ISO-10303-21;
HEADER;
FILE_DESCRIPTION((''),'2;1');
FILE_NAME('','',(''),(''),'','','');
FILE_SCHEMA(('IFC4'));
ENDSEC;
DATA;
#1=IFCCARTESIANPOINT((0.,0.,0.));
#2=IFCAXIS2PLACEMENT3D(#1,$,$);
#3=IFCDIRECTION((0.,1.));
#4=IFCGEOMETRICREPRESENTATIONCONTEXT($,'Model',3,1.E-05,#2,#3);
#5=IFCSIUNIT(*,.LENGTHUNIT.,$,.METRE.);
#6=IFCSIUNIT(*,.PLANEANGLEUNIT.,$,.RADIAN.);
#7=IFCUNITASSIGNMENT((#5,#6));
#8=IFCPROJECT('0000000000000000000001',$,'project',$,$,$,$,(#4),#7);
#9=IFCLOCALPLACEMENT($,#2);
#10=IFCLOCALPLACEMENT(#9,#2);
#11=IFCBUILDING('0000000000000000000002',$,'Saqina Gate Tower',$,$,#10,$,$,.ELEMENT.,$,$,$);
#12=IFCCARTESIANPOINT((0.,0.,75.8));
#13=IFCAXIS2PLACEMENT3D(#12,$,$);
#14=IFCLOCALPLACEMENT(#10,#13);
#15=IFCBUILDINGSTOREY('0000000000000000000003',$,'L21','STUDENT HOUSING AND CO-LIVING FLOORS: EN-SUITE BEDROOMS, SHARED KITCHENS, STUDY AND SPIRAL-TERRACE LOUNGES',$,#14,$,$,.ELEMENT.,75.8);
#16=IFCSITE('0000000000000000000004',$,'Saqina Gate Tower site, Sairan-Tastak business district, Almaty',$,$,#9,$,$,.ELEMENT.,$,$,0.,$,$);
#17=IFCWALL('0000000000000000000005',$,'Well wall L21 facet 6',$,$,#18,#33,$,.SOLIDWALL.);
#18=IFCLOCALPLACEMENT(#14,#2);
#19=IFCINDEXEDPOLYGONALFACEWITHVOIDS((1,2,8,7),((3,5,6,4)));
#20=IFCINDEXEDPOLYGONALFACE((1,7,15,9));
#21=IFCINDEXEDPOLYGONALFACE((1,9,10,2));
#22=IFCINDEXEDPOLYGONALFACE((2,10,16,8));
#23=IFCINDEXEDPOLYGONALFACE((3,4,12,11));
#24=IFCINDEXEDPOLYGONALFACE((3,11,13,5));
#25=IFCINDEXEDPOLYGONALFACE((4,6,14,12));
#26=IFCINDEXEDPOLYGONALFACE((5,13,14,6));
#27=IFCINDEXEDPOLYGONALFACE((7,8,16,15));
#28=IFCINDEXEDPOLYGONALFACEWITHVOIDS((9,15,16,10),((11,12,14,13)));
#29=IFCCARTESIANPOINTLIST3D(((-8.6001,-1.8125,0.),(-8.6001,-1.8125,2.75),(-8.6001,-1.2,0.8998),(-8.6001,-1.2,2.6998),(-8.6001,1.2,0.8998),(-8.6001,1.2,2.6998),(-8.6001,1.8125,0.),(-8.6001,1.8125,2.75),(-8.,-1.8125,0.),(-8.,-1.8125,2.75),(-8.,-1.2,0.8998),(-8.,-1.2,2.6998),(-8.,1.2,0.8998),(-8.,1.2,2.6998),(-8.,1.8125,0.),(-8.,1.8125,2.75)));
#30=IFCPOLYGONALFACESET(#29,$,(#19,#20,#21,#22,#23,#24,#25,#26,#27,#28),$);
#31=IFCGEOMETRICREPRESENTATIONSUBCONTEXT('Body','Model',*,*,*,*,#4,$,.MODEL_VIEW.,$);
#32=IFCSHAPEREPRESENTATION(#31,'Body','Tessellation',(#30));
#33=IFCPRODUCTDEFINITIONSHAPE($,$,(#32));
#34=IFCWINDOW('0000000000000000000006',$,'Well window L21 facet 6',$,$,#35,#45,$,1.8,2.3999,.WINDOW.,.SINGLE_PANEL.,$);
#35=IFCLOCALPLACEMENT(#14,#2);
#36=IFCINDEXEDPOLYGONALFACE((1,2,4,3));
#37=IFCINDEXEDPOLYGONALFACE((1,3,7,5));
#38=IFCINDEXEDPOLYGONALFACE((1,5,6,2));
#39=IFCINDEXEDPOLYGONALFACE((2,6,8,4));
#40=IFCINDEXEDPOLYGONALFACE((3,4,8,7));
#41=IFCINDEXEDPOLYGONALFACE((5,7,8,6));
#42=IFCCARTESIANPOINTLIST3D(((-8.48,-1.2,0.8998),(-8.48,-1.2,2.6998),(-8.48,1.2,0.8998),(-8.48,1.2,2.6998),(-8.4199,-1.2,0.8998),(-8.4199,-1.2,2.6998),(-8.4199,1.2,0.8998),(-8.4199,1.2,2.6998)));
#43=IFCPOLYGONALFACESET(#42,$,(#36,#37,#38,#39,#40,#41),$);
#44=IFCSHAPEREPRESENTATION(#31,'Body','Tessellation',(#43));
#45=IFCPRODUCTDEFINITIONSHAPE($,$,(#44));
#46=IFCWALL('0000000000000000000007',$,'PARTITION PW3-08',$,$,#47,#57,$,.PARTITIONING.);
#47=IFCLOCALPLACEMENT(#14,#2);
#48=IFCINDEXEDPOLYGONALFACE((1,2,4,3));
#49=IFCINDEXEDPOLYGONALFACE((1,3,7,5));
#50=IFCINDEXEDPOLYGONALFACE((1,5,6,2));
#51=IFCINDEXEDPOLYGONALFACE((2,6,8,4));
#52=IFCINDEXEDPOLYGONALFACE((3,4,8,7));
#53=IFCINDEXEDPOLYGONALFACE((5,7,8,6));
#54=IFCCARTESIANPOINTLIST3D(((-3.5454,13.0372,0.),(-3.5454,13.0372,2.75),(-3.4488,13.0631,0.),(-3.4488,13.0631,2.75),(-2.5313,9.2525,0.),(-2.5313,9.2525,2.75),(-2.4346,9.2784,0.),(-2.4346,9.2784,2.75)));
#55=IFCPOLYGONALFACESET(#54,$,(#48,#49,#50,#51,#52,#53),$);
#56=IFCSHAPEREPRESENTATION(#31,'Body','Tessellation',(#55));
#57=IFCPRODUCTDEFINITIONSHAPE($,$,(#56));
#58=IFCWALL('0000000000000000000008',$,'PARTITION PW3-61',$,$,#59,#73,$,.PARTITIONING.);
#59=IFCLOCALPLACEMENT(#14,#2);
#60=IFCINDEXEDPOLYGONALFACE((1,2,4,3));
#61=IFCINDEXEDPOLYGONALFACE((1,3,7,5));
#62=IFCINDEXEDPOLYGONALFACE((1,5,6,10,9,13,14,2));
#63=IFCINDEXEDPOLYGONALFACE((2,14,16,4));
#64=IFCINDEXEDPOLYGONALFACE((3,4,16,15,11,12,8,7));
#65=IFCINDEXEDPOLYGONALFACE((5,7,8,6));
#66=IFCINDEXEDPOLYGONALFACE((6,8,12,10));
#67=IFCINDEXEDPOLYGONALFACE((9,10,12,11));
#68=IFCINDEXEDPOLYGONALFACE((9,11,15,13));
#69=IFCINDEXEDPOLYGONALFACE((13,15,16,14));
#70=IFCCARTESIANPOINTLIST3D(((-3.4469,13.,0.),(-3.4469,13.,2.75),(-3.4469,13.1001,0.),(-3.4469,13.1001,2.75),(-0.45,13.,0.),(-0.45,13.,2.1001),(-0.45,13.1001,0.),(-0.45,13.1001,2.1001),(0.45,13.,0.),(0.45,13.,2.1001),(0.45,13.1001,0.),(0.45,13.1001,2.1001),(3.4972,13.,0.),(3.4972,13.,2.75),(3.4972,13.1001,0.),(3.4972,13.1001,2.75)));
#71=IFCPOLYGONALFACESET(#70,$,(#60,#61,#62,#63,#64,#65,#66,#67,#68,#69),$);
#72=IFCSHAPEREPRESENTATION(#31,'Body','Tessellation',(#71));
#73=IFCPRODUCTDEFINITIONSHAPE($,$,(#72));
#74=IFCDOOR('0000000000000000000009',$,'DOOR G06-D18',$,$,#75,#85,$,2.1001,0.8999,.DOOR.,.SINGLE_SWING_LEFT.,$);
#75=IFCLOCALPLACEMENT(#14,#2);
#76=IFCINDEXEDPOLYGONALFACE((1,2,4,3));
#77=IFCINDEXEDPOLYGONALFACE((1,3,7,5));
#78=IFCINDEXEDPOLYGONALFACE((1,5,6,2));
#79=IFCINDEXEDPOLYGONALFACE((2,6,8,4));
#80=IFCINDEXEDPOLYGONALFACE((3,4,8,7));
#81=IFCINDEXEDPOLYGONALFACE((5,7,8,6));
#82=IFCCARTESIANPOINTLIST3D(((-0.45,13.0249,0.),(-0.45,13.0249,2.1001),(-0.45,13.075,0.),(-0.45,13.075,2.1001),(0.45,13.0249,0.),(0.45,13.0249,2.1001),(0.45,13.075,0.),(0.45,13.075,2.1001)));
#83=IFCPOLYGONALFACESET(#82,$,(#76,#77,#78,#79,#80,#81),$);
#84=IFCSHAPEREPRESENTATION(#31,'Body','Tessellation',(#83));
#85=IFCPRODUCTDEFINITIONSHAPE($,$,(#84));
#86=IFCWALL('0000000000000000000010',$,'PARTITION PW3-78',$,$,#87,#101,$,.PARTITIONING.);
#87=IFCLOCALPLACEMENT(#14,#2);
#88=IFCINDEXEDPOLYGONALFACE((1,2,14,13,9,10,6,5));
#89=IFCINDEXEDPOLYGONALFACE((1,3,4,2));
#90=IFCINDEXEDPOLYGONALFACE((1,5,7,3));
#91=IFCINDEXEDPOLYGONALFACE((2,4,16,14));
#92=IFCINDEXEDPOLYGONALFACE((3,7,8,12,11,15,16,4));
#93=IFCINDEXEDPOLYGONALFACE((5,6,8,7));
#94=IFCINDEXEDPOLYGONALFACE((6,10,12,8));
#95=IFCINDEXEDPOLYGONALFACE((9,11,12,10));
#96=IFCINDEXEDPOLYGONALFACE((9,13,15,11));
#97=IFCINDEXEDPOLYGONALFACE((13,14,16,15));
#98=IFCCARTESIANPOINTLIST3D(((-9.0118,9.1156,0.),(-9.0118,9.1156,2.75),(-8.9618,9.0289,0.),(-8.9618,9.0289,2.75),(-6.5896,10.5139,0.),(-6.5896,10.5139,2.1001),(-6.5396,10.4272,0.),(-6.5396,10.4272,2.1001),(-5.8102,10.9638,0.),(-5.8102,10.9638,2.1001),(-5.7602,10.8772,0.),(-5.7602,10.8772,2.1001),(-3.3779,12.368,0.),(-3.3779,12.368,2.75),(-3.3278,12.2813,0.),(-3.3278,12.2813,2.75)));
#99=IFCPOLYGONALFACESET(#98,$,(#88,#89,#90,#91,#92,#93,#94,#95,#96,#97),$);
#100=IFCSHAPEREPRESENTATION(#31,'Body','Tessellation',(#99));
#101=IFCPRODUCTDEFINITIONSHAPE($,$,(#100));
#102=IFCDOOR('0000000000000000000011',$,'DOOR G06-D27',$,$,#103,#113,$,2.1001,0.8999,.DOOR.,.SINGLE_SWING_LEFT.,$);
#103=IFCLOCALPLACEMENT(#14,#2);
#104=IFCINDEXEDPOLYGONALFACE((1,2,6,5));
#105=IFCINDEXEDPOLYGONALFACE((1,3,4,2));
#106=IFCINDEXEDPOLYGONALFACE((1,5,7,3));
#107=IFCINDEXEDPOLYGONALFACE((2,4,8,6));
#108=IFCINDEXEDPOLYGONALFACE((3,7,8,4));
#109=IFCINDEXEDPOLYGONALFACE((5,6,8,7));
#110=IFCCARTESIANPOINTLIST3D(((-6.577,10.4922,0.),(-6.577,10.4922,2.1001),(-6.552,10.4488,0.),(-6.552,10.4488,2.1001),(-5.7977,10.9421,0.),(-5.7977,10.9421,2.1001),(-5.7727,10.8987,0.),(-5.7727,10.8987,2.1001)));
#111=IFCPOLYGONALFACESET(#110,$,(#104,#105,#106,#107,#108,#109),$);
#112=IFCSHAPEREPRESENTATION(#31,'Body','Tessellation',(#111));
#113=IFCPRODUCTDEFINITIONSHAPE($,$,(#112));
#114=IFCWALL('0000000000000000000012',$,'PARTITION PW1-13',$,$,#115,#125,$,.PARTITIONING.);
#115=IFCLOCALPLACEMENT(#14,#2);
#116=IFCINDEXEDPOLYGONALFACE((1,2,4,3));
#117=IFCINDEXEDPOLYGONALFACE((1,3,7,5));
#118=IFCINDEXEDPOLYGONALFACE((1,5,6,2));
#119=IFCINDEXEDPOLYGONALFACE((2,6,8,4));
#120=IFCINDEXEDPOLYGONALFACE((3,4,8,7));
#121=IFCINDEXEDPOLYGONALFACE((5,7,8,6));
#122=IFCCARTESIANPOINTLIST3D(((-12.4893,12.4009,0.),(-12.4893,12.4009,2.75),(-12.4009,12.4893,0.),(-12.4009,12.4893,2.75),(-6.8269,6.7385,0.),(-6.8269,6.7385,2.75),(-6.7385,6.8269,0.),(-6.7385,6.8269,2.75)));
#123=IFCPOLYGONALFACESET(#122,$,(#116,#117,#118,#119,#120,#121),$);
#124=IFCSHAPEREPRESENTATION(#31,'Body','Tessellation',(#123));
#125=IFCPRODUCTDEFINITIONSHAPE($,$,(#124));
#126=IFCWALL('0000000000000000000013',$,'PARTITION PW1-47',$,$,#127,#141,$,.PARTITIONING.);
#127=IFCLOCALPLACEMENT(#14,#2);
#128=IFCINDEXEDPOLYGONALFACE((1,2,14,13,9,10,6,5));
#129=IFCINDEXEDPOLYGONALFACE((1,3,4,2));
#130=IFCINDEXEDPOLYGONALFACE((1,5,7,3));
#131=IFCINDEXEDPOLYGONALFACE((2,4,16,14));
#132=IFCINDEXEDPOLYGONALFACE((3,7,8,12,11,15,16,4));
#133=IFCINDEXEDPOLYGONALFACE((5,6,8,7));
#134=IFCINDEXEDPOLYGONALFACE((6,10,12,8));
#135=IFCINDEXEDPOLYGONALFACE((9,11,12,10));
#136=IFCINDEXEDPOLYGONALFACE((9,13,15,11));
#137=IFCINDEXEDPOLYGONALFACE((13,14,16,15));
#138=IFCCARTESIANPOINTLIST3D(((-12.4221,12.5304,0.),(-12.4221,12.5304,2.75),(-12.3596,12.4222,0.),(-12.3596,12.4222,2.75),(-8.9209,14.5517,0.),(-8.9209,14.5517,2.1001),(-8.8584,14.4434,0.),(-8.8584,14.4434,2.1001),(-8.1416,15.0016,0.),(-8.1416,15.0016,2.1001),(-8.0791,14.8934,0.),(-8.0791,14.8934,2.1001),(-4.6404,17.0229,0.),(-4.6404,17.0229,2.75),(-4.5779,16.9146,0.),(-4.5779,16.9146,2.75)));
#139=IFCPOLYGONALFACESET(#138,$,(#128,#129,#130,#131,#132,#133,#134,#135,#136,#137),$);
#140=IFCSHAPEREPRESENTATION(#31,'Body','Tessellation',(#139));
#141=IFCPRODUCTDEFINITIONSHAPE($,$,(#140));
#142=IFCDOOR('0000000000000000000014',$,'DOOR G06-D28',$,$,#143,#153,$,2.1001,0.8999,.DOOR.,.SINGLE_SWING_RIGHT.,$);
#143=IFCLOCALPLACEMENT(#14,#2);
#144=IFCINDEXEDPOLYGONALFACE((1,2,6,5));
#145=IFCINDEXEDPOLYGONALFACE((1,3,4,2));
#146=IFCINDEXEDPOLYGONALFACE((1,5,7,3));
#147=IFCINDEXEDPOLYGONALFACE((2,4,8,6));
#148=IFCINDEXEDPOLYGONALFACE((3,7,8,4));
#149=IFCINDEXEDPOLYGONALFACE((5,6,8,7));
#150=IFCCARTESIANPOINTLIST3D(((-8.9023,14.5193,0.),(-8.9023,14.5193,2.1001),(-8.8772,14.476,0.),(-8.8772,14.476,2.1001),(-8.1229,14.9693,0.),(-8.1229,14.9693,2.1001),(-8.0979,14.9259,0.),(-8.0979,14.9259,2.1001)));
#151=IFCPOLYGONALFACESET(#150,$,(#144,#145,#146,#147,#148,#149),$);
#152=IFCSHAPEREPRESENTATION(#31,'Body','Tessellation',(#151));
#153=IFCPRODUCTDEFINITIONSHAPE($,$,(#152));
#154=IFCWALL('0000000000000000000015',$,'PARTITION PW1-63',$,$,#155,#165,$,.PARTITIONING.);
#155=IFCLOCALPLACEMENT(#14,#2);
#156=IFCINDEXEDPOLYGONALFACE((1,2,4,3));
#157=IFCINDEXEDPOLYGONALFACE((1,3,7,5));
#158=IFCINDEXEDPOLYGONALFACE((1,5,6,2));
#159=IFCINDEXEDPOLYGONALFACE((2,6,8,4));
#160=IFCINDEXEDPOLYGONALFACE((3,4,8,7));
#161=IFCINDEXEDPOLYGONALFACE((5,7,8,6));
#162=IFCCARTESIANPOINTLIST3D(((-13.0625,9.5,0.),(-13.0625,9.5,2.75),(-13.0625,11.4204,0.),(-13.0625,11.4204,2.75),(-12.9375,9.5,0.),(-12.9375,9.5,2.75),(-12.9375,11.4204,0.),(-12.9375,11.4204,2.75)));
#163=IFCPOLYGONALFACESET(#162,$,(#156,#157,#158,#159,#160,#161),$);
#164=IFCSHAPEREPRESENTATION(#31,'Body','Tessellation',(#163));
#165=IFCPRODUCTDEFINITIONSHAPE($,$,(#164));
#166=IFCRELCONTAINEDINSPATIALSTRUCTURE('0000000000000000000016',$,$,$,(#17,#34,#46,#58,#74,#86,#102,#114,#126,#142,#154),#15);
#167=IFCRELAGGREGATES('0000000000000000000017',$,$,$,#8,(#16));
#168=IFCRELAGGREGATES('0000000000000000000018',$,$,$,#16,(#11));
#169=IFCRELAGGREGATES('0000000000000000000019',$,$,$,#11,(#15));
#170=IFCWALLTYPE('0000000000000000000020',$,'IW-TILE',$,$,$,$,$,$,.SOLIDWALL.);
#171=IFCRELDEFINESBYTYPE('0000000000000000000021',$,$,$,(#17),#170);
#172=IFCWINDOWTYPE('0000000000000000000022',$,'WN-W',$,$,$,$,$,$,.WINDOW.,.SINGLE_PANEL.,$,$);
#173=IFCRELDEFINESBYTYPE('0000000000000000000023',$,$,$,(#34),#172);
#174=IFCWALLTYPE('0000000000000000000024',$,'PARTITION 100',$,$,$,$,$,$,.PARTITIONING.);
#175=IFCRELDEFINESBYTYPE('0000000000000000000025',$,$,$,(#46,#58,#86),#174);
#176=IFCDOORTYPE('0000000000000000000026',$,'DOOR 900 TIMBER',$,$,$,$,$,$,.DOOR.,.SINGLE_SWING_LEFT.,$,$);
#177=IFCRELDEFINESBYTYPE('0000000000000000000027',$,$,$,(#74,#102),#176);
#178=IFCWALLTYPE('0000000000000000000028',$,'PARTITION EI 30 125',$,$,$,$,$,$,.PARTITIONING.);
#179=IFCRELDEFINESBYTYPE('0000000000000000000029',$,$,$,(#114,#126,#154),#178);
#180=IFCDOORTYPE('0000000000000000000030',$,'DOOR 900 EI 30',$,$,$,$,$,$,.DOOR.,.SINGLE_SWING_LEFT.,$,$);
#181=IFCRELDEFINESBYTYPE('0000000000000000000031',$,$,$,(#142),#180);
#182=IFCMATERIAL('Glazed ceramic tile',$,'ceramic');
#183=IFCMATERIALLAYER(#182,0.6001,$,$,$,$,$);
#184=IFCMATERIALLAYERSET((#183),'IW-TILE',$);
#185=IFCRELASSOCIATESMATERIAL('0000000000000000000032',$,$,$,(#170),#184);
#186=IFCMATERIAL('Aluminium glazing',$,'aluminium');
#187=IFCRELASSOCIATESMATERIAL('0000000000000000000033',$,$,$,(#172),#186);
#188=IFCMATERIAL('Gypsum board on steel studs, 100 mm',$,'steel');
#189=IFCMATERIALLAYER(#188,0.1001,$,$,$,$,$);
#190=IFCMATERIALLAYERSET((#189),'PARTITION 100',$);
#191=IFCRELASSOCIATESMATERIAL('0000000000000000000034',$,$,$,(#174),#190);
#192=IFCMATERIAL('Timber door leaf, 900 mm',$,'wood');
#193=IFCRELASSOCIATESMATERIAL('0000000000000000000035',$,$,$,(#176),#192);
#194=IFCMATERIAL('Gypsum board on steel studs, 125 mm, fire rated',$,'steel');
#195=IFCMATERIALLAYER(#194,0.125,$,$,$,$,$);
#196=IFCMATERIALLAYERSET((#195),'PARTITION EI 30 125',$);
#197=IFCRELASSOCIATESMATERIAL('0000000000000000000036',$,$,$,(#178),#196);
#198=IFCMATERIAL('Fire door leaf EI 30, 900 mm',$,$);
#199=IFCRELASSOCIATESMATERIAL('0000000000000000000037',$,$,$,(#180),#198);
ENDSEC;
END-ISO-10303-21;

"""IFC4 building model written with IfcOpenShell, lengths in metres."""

from ifc_helpers import new_model, si_unit, direction, frame, frame_2d, origin, place, context, subcontext, project, spatial, rectangle, extrude, material, layer, layer_set, type_object, element, fill, save


model = new_model("IFC4")

# Units and contexts
model_context = context("Model", 3, precision=1e-05, world=origin(), true_north=direction((0.0, 1.0)))
body_context = subcontext(model_context, "Body", "Model", "MODEL_VIEW")
ifc_project = project(units=[si_unit("LENGTHUNIT", "METRE"), si_unit("PLANEANGLEUNIT", "RADIAN")], contexts=[model_context])

# Site, building, storey
site_placement = place(None, origin())
site = spatial("IfcSite", under=ifc_project, at=site_placement, Name="Saqina Gate Tower site, Sairan-Tastak business district, Almaty", CompositionType="ELEMENT", RefElevation=0.0)
building_placement = place(site_placement, origin())
building = spatial("IfcBuilding", under=site, at=building_placement, Name="Saqina Gate Tower", CompositionType="ELEMENT")
storey_placement = place(building_placement, frame((0.0, 0.0, 75.8)))
storey = spatial("IfcBuildingStorey", under=building, at=storey_placement, Name="L21", Description="STUDENT HOUSING AND CO-LIVING FLOORS: EN-SUITE BEDROOMS, SHARED KITCHENS, STUDY AND SPIRAL-TERRACE LOUNGES", CompositionType="ELEMENT", Elevation=75.8)

# Wall, opening, window
ifc_material_1 = material(Name="Glazed ceramic tile", Category="ceramic")
ifc_layer_1 = layer(ifc_material_1, 0.6001)
ifc_layer_set_1 = layer_set([ifc_layer_1], Name="IW-TILE")
wall_type_1 = type_object("IfcWallType", Name="IW-TILE", PredefinedType="SOLIDWALL", material=ifc_layer_set_1)
ifc_material_2 = material(Name="Aluminium glazing", Category="aluminium")
window_type = type_object("IfcWindowType", Name="WN-W", PartitioningType="SINGLE_PANEL", PredefinedType="WINDOW", material=ifc_material_2)
wall_1_placement = place(storey_placement, frame((-8.3, 1.8125, 0.0), z_axis=(0.0, 0.0, 1.0), x_axis=(0.0, -1.0, 0.0)))
wall_1 = element("IfcWall", 1, at=wall_1_placement, inside=storey, type_object=wall_type_1, Name="Well wall L21 facet 6", PredefinedType="SOLIDWALL", context=body_context, shape_type="SweptSolid", body=[
    extrude(rectangle(XDim=3.625, YDim=0.6001, at=frame_2d((1.8125, 0.0))), origin(), (0.0, 0.0, 1.0), 2.75),
])
opening_1_placement = place(wall_1_placement, frame((0.6125, 0.0, 0.8999)))
opening_1 = element("IfcOpeningElement", 2, at=opening_1_placement, cuts=wall_1, PredefinedType="OPENING", context=body_context, shape_type="SweptSolid", body=[
    extrude(rectangle(XDim=2.3999, YDim=1.8, at=frame_2d((1.2, 0.8999))), frame((0.0, 0.312, 0.0), z_axis=(0.0, -1.0, 0.0), x_axis=(1.0, 0.0, 0.0)), (0.0, 0.0, 1.0), 0.624),
])
window_1_placement = place(opening_1_placement, origin())
window_1 = element("IfcWindow", 3, at=window_1_placement, inside=storey, type_object=window_type, Name="Well window L21 facet 6", OverallHeight=1.8, OverallWidth=2.3999, PartitioningType="SINGLE_PANEL", PredefinedType="WINDOW", context=body_context, shape_type="SweptSolid", body=[
    extrude(rectangle(XDim=2.3999, YDim=1.8, at=frame_2d((1.2, 0.8999))), frame((0.0, -0.1199, 0.0), z_axis=(0.0, -1.0, 0.0), x_axis=(1.0, 0.0, 0.0)), (0.0, 0.0, 1.0), 0.0601),
])
fill(opening_1, window_1)

# Wall
ifc_material_3 = material(Name="Gypsum board on steel studs, 100 mm", Category="steel")
ifc_layer_2 = layer(ifc_material_3, 0.1001)
ifc_layer_set_2 = layer_set([ifc_layer_2], Name="PARTITION 100")
wall_type_2 = type_object("IfcWallType", Name="PARTITION 100", PredefinedType="PARTITIONING", material=ifc_layer_set_2)
wall_2_placement = place(storey_placement, frame((-3.4971, 13.05, 0.0), z_axis=(0.0, 0.0, 1.0), x_axis=(0.258834, -0.965922, 0.0)))
element("IfcWall", 4, at=wall_2_placement, inside=storey, type_object=wall_type_2, Name="PARTITION PW3-08", PredefinedType="PARTITIONING", context=body_context, shape_type="SweptSolid", body=[
    extrude(rectangle(XDim=3.9182, YDim=0.1001, at=frame_2d((1.959, 0.0))), origin(), (0.0, 0.0, 1.0), 2.75),
])

# Walls, openings, doors
wall_3_placement = place(storey_placement, frame((-3.447, 13.05, 0.0), z_axis=(0.0, 0.0, 1.0), x_axis=(1.0, 0.0, 0.0)))
wall_3 = element("IfcWall", 5, at=wall_3_placement, inside=storey, type_object=wall_type_2, Name="PARTITION PW3-61", PredefinedType="PARTITIONING", context=body_context, shape_type="SweptSolid", body=[
    extrude(rectangle(XDim=6.9441, YDim=0.1001, at=frame_2d((3.4722, 0.0))), origin(), (0.0, 0.0, 1.0), 2.75),
])
opening_2_placement = place(wall_3_placement, frame((2.9971, 0.0, 0.0)))
opening_2 = element("IfcOpeningElement", 6, at=opening_2_placement, cuts=wall_3, PredefinedType="OPENING", context=body_context, shape_type="SweptSolid", body=[
    extrude(rectangle(XDim=0.8999, YDim=2.1001, at=frame_2d((0.45, 1.05))), frame((0.0, 0.062, 0.0), z_axis=(0.0, -1.0, 0.0), x_axis=(1.0, 0.0, 0.0)), (0.0, 0.0, 1.0), 0.124),
])
ifc_material_4 = material(Name="Timber door leaf, 900 mm", Category="wood")
door_type_1 = type_object("IfcDoorType", Name="DOOR 900 TIMBER", OperationType="SINGLE_SWING_LEFT", PredefinedType="DOOR", material=ifc_material_4)
door_1_placement = place(opening_2_placement, origin())
door_1 = element("IfcDoor", 7, at=door_1_placement, inside=storey, type_object=door_type_1, Name="DOOR G06-D18", OperationType="SINGLE_SWING_LEFT", OverallHeight=2.1001, OverallWidth=0.8999, PredefinedType="DOOR", context=body_context, shape_type="SweptSolid", body=[
    extrude(rectangle(XDim=0.8999, YDim=2.1001, at=frame_2d((0.45, 1.05))), frame((0.0, 0.0249, 0.0), z_axis=(0.0, -1.0, 0.0), x_axis=(1.0, 0.0, 0.0)), (0.0, 0.0, 1.0), 0.05),
])
fill(opening_2, door_1)
wall_4_placement = place(storey_placement, frame((-8.9868, 9.0723, 0.0), z_axis=(0.0, 0.0, 1.0), x_axis=(0.86605, 0.499957, 0.0)))
wall_4 = element("IfcWall", 8, at=wall_4_placement, inside=storey, type_object=wall_type_2, Name="PARTITION PW3-78", PredefinedType="PARTITIONING", context=body_context, shape_type="SweptSolid", body=[
    extrude(rectangle(XDim=6.5054, YDim=0.1001, at=frame_2d((3.2527, 0.0))), origin(), (0.0, 0.0, 1.0), 2.75),
])
opening_3_placement = place(wall_4_placement, frame((2.7969, 0.0, 0.0)))
opening_3 = element("IfcOpeningElement", 9, at=opening_3_placement, cuts=wall_4, PredefinedType="OPENING", context=body_context, shape_type="SweptSolid", body=[
    extrude(rectangle(XDim=0.8999, YDim=2.1001, at=frame_2d((0.45, 1.05))), frame((0.0, 0.062, 0.0), z_axis=(0.0, -1.0, 0.0), x_axis=(1.0, 0.0, 0.0)), (0.0, 0.0, 1.0), 0.124),
])
door_2_placement = place(opening_3_placement, origin())
door_2 = element("IfcDoor", 10, at=door_2_placement, inside=storey, type_object=door_type_1, Name="DOOR G06-D27", OperationType="SINGLE_SWING_LEFT", OverallHeight=2.1001, OverallWidth=0.8999, PredefinedType="DOOR", context=body_context, shape_type="SweptSolid", body=[
    extrude(rectangle(XDim=0.8999, YDim=2.1001, at=frame_2d((0.45, 1.05))), frame((0.0, 0.0249, 0.0), z_axis=(0.0, -1.0, 0.0), x_axis=(1.0, 0.0, 0.0)), (0.0, 0.0, 1.0), 0.05),
])
fill(opening_3, door_2)

# Wall
ifc_material_5 = material(Name="Gypsum board on steel studs, 125 mm, fire rated", Category="steel")
ifc_layer_3 = layer(ifc_material_5, 0.125)
ifc_layer_set_3 = layer_set([ifc_layer_3], Name="PARTITION EI 30 125")
wall_type_3 = type_object("IfcWallType", Name="PARTITION EI 30 125", PredefinedType="PARTITIONING", material=ifc_layer_set_3)
wall_5_placement = place(storey_placement, frame((-12.4451, 12.4451, 0.0), z_axis=(0.0, 0.0, 1.0), x_axis=(0.707107, -0.707107, 0.0)))
element("IfcWall", 11, at=wall_5_placement, inside=storey, type_object=wall_type_3, Name="PARTITION PW1-13", PredefinedType="PARTITIONING", context=body_context, shape_type="SweptSolid", body=[
    extrude(rectangle(XDim=8.0078, YDim=0.125, at=frame_2d((4.0039, 0.0))), origin(), (0.0, 0.0, 1.0), 2.75),
])

# Wall, opening, door
wall_6_placement = place(storey_placement, frame((-12.3909, 12.4763, 0.0), z_axis=(0.0, 0.0, 1.0), x_axis=(0.866043, 0.49997, 0.0)))
wall_6 = element("IfcWall", 12, at=wall_6_placement, inside=storey, type_object=wall_type_3, Name="PARTITION PW1-47", PredefinedType="PARTITIONING", context=body_context, shape_type="SweptSolid", body=[
    extrude(rectangle(XDim=8.9854, YDim=0.125, at=frame_2d((4.4927, 0.0))), origin(), (0.0, 0.0, 1.0), 2.75),
])
opening_4_placement = place(wall_6_placement, frame((4.0427, 0.0, 0.0)))
opening_4 = element("IfcOpeningElement", 13, at=opening_4_placement, cuts=wall_6, PredefinedType="OPENING", context=body_context, shape_type="SweptSolid", body=[
    extrude(rectangle(XDim=0.8999, YDim=2.1001, at=frame_2d((0.45, 1.05))), frame((0.0, 0.0745, 0.0), z_axis=(0.0, -1.0, 0.0), x_axis=(1.0, 0.0, 0.0)), (0.0, 0.0, 1.0), 0.1489),
])
ifc_material_6 = material(Name="Fire door leaf EI 30, 900 mm")
door_type_2 = type_object("IfcDoorType", Name="DOOR 900 EI 30", OperationType="SINGLE_SWING_LEFT", PredefinedType="DOOR", material=ifc_material_6)
door_3_placement = place(opening_4_placement, frame((0.8999, 0.0, 0.0), z_axis=(0.0, 0.0, 1.0), x_axis=(-1.0, 0.0, 0.0)))
door_3 = element("IfcDoor", 14, at=door_3_placement, inside=storey, type_object=door_type_2, Name="DOOR G06-D28", OperationType="SINGLE_SWING_RIGHT", OverallHeight=2.1001, OverallWidth=0.8999, PredefinedType="DOOR", context=body_context, shape_type="SweptSolid", body=[
    extrude(rectangle(XDim=0.8999, YDim=2.1001, at=frame_2d((0.45, 1.05))), frame((0.0, 0.0249, 0.0), z_axis=(0.0, -1.0, 0.0), x_axis=(1.0, 0.0, 0.0)), (0.0, 0.0, 1.0), 0.05),
])
fill(opening_4, door_3)

# Wall
wall_7_placement = place(storey_placement, frame((-13.0, 9.5, 0.0), z_axis=(0.0, 0.0, 1.0), x_axis=(0.0, 1.0, 0.0)))
element("IfcWall", 15, at=wall_7_placement, inside=storey, type_object=wall_type_3, Name="PARTITION PW1-63", PredefinedType="PARTITIONING", context=body_context, shape_type="SweptSolid", body=[
    extrude(rectangle(XDim=1.9204, YDim=0.125, at=frame_2d((0.9602, 0.0))), origin(), (0.0, 0.0, 1.0), 2.75),
])

save(model, "model.ifc")
